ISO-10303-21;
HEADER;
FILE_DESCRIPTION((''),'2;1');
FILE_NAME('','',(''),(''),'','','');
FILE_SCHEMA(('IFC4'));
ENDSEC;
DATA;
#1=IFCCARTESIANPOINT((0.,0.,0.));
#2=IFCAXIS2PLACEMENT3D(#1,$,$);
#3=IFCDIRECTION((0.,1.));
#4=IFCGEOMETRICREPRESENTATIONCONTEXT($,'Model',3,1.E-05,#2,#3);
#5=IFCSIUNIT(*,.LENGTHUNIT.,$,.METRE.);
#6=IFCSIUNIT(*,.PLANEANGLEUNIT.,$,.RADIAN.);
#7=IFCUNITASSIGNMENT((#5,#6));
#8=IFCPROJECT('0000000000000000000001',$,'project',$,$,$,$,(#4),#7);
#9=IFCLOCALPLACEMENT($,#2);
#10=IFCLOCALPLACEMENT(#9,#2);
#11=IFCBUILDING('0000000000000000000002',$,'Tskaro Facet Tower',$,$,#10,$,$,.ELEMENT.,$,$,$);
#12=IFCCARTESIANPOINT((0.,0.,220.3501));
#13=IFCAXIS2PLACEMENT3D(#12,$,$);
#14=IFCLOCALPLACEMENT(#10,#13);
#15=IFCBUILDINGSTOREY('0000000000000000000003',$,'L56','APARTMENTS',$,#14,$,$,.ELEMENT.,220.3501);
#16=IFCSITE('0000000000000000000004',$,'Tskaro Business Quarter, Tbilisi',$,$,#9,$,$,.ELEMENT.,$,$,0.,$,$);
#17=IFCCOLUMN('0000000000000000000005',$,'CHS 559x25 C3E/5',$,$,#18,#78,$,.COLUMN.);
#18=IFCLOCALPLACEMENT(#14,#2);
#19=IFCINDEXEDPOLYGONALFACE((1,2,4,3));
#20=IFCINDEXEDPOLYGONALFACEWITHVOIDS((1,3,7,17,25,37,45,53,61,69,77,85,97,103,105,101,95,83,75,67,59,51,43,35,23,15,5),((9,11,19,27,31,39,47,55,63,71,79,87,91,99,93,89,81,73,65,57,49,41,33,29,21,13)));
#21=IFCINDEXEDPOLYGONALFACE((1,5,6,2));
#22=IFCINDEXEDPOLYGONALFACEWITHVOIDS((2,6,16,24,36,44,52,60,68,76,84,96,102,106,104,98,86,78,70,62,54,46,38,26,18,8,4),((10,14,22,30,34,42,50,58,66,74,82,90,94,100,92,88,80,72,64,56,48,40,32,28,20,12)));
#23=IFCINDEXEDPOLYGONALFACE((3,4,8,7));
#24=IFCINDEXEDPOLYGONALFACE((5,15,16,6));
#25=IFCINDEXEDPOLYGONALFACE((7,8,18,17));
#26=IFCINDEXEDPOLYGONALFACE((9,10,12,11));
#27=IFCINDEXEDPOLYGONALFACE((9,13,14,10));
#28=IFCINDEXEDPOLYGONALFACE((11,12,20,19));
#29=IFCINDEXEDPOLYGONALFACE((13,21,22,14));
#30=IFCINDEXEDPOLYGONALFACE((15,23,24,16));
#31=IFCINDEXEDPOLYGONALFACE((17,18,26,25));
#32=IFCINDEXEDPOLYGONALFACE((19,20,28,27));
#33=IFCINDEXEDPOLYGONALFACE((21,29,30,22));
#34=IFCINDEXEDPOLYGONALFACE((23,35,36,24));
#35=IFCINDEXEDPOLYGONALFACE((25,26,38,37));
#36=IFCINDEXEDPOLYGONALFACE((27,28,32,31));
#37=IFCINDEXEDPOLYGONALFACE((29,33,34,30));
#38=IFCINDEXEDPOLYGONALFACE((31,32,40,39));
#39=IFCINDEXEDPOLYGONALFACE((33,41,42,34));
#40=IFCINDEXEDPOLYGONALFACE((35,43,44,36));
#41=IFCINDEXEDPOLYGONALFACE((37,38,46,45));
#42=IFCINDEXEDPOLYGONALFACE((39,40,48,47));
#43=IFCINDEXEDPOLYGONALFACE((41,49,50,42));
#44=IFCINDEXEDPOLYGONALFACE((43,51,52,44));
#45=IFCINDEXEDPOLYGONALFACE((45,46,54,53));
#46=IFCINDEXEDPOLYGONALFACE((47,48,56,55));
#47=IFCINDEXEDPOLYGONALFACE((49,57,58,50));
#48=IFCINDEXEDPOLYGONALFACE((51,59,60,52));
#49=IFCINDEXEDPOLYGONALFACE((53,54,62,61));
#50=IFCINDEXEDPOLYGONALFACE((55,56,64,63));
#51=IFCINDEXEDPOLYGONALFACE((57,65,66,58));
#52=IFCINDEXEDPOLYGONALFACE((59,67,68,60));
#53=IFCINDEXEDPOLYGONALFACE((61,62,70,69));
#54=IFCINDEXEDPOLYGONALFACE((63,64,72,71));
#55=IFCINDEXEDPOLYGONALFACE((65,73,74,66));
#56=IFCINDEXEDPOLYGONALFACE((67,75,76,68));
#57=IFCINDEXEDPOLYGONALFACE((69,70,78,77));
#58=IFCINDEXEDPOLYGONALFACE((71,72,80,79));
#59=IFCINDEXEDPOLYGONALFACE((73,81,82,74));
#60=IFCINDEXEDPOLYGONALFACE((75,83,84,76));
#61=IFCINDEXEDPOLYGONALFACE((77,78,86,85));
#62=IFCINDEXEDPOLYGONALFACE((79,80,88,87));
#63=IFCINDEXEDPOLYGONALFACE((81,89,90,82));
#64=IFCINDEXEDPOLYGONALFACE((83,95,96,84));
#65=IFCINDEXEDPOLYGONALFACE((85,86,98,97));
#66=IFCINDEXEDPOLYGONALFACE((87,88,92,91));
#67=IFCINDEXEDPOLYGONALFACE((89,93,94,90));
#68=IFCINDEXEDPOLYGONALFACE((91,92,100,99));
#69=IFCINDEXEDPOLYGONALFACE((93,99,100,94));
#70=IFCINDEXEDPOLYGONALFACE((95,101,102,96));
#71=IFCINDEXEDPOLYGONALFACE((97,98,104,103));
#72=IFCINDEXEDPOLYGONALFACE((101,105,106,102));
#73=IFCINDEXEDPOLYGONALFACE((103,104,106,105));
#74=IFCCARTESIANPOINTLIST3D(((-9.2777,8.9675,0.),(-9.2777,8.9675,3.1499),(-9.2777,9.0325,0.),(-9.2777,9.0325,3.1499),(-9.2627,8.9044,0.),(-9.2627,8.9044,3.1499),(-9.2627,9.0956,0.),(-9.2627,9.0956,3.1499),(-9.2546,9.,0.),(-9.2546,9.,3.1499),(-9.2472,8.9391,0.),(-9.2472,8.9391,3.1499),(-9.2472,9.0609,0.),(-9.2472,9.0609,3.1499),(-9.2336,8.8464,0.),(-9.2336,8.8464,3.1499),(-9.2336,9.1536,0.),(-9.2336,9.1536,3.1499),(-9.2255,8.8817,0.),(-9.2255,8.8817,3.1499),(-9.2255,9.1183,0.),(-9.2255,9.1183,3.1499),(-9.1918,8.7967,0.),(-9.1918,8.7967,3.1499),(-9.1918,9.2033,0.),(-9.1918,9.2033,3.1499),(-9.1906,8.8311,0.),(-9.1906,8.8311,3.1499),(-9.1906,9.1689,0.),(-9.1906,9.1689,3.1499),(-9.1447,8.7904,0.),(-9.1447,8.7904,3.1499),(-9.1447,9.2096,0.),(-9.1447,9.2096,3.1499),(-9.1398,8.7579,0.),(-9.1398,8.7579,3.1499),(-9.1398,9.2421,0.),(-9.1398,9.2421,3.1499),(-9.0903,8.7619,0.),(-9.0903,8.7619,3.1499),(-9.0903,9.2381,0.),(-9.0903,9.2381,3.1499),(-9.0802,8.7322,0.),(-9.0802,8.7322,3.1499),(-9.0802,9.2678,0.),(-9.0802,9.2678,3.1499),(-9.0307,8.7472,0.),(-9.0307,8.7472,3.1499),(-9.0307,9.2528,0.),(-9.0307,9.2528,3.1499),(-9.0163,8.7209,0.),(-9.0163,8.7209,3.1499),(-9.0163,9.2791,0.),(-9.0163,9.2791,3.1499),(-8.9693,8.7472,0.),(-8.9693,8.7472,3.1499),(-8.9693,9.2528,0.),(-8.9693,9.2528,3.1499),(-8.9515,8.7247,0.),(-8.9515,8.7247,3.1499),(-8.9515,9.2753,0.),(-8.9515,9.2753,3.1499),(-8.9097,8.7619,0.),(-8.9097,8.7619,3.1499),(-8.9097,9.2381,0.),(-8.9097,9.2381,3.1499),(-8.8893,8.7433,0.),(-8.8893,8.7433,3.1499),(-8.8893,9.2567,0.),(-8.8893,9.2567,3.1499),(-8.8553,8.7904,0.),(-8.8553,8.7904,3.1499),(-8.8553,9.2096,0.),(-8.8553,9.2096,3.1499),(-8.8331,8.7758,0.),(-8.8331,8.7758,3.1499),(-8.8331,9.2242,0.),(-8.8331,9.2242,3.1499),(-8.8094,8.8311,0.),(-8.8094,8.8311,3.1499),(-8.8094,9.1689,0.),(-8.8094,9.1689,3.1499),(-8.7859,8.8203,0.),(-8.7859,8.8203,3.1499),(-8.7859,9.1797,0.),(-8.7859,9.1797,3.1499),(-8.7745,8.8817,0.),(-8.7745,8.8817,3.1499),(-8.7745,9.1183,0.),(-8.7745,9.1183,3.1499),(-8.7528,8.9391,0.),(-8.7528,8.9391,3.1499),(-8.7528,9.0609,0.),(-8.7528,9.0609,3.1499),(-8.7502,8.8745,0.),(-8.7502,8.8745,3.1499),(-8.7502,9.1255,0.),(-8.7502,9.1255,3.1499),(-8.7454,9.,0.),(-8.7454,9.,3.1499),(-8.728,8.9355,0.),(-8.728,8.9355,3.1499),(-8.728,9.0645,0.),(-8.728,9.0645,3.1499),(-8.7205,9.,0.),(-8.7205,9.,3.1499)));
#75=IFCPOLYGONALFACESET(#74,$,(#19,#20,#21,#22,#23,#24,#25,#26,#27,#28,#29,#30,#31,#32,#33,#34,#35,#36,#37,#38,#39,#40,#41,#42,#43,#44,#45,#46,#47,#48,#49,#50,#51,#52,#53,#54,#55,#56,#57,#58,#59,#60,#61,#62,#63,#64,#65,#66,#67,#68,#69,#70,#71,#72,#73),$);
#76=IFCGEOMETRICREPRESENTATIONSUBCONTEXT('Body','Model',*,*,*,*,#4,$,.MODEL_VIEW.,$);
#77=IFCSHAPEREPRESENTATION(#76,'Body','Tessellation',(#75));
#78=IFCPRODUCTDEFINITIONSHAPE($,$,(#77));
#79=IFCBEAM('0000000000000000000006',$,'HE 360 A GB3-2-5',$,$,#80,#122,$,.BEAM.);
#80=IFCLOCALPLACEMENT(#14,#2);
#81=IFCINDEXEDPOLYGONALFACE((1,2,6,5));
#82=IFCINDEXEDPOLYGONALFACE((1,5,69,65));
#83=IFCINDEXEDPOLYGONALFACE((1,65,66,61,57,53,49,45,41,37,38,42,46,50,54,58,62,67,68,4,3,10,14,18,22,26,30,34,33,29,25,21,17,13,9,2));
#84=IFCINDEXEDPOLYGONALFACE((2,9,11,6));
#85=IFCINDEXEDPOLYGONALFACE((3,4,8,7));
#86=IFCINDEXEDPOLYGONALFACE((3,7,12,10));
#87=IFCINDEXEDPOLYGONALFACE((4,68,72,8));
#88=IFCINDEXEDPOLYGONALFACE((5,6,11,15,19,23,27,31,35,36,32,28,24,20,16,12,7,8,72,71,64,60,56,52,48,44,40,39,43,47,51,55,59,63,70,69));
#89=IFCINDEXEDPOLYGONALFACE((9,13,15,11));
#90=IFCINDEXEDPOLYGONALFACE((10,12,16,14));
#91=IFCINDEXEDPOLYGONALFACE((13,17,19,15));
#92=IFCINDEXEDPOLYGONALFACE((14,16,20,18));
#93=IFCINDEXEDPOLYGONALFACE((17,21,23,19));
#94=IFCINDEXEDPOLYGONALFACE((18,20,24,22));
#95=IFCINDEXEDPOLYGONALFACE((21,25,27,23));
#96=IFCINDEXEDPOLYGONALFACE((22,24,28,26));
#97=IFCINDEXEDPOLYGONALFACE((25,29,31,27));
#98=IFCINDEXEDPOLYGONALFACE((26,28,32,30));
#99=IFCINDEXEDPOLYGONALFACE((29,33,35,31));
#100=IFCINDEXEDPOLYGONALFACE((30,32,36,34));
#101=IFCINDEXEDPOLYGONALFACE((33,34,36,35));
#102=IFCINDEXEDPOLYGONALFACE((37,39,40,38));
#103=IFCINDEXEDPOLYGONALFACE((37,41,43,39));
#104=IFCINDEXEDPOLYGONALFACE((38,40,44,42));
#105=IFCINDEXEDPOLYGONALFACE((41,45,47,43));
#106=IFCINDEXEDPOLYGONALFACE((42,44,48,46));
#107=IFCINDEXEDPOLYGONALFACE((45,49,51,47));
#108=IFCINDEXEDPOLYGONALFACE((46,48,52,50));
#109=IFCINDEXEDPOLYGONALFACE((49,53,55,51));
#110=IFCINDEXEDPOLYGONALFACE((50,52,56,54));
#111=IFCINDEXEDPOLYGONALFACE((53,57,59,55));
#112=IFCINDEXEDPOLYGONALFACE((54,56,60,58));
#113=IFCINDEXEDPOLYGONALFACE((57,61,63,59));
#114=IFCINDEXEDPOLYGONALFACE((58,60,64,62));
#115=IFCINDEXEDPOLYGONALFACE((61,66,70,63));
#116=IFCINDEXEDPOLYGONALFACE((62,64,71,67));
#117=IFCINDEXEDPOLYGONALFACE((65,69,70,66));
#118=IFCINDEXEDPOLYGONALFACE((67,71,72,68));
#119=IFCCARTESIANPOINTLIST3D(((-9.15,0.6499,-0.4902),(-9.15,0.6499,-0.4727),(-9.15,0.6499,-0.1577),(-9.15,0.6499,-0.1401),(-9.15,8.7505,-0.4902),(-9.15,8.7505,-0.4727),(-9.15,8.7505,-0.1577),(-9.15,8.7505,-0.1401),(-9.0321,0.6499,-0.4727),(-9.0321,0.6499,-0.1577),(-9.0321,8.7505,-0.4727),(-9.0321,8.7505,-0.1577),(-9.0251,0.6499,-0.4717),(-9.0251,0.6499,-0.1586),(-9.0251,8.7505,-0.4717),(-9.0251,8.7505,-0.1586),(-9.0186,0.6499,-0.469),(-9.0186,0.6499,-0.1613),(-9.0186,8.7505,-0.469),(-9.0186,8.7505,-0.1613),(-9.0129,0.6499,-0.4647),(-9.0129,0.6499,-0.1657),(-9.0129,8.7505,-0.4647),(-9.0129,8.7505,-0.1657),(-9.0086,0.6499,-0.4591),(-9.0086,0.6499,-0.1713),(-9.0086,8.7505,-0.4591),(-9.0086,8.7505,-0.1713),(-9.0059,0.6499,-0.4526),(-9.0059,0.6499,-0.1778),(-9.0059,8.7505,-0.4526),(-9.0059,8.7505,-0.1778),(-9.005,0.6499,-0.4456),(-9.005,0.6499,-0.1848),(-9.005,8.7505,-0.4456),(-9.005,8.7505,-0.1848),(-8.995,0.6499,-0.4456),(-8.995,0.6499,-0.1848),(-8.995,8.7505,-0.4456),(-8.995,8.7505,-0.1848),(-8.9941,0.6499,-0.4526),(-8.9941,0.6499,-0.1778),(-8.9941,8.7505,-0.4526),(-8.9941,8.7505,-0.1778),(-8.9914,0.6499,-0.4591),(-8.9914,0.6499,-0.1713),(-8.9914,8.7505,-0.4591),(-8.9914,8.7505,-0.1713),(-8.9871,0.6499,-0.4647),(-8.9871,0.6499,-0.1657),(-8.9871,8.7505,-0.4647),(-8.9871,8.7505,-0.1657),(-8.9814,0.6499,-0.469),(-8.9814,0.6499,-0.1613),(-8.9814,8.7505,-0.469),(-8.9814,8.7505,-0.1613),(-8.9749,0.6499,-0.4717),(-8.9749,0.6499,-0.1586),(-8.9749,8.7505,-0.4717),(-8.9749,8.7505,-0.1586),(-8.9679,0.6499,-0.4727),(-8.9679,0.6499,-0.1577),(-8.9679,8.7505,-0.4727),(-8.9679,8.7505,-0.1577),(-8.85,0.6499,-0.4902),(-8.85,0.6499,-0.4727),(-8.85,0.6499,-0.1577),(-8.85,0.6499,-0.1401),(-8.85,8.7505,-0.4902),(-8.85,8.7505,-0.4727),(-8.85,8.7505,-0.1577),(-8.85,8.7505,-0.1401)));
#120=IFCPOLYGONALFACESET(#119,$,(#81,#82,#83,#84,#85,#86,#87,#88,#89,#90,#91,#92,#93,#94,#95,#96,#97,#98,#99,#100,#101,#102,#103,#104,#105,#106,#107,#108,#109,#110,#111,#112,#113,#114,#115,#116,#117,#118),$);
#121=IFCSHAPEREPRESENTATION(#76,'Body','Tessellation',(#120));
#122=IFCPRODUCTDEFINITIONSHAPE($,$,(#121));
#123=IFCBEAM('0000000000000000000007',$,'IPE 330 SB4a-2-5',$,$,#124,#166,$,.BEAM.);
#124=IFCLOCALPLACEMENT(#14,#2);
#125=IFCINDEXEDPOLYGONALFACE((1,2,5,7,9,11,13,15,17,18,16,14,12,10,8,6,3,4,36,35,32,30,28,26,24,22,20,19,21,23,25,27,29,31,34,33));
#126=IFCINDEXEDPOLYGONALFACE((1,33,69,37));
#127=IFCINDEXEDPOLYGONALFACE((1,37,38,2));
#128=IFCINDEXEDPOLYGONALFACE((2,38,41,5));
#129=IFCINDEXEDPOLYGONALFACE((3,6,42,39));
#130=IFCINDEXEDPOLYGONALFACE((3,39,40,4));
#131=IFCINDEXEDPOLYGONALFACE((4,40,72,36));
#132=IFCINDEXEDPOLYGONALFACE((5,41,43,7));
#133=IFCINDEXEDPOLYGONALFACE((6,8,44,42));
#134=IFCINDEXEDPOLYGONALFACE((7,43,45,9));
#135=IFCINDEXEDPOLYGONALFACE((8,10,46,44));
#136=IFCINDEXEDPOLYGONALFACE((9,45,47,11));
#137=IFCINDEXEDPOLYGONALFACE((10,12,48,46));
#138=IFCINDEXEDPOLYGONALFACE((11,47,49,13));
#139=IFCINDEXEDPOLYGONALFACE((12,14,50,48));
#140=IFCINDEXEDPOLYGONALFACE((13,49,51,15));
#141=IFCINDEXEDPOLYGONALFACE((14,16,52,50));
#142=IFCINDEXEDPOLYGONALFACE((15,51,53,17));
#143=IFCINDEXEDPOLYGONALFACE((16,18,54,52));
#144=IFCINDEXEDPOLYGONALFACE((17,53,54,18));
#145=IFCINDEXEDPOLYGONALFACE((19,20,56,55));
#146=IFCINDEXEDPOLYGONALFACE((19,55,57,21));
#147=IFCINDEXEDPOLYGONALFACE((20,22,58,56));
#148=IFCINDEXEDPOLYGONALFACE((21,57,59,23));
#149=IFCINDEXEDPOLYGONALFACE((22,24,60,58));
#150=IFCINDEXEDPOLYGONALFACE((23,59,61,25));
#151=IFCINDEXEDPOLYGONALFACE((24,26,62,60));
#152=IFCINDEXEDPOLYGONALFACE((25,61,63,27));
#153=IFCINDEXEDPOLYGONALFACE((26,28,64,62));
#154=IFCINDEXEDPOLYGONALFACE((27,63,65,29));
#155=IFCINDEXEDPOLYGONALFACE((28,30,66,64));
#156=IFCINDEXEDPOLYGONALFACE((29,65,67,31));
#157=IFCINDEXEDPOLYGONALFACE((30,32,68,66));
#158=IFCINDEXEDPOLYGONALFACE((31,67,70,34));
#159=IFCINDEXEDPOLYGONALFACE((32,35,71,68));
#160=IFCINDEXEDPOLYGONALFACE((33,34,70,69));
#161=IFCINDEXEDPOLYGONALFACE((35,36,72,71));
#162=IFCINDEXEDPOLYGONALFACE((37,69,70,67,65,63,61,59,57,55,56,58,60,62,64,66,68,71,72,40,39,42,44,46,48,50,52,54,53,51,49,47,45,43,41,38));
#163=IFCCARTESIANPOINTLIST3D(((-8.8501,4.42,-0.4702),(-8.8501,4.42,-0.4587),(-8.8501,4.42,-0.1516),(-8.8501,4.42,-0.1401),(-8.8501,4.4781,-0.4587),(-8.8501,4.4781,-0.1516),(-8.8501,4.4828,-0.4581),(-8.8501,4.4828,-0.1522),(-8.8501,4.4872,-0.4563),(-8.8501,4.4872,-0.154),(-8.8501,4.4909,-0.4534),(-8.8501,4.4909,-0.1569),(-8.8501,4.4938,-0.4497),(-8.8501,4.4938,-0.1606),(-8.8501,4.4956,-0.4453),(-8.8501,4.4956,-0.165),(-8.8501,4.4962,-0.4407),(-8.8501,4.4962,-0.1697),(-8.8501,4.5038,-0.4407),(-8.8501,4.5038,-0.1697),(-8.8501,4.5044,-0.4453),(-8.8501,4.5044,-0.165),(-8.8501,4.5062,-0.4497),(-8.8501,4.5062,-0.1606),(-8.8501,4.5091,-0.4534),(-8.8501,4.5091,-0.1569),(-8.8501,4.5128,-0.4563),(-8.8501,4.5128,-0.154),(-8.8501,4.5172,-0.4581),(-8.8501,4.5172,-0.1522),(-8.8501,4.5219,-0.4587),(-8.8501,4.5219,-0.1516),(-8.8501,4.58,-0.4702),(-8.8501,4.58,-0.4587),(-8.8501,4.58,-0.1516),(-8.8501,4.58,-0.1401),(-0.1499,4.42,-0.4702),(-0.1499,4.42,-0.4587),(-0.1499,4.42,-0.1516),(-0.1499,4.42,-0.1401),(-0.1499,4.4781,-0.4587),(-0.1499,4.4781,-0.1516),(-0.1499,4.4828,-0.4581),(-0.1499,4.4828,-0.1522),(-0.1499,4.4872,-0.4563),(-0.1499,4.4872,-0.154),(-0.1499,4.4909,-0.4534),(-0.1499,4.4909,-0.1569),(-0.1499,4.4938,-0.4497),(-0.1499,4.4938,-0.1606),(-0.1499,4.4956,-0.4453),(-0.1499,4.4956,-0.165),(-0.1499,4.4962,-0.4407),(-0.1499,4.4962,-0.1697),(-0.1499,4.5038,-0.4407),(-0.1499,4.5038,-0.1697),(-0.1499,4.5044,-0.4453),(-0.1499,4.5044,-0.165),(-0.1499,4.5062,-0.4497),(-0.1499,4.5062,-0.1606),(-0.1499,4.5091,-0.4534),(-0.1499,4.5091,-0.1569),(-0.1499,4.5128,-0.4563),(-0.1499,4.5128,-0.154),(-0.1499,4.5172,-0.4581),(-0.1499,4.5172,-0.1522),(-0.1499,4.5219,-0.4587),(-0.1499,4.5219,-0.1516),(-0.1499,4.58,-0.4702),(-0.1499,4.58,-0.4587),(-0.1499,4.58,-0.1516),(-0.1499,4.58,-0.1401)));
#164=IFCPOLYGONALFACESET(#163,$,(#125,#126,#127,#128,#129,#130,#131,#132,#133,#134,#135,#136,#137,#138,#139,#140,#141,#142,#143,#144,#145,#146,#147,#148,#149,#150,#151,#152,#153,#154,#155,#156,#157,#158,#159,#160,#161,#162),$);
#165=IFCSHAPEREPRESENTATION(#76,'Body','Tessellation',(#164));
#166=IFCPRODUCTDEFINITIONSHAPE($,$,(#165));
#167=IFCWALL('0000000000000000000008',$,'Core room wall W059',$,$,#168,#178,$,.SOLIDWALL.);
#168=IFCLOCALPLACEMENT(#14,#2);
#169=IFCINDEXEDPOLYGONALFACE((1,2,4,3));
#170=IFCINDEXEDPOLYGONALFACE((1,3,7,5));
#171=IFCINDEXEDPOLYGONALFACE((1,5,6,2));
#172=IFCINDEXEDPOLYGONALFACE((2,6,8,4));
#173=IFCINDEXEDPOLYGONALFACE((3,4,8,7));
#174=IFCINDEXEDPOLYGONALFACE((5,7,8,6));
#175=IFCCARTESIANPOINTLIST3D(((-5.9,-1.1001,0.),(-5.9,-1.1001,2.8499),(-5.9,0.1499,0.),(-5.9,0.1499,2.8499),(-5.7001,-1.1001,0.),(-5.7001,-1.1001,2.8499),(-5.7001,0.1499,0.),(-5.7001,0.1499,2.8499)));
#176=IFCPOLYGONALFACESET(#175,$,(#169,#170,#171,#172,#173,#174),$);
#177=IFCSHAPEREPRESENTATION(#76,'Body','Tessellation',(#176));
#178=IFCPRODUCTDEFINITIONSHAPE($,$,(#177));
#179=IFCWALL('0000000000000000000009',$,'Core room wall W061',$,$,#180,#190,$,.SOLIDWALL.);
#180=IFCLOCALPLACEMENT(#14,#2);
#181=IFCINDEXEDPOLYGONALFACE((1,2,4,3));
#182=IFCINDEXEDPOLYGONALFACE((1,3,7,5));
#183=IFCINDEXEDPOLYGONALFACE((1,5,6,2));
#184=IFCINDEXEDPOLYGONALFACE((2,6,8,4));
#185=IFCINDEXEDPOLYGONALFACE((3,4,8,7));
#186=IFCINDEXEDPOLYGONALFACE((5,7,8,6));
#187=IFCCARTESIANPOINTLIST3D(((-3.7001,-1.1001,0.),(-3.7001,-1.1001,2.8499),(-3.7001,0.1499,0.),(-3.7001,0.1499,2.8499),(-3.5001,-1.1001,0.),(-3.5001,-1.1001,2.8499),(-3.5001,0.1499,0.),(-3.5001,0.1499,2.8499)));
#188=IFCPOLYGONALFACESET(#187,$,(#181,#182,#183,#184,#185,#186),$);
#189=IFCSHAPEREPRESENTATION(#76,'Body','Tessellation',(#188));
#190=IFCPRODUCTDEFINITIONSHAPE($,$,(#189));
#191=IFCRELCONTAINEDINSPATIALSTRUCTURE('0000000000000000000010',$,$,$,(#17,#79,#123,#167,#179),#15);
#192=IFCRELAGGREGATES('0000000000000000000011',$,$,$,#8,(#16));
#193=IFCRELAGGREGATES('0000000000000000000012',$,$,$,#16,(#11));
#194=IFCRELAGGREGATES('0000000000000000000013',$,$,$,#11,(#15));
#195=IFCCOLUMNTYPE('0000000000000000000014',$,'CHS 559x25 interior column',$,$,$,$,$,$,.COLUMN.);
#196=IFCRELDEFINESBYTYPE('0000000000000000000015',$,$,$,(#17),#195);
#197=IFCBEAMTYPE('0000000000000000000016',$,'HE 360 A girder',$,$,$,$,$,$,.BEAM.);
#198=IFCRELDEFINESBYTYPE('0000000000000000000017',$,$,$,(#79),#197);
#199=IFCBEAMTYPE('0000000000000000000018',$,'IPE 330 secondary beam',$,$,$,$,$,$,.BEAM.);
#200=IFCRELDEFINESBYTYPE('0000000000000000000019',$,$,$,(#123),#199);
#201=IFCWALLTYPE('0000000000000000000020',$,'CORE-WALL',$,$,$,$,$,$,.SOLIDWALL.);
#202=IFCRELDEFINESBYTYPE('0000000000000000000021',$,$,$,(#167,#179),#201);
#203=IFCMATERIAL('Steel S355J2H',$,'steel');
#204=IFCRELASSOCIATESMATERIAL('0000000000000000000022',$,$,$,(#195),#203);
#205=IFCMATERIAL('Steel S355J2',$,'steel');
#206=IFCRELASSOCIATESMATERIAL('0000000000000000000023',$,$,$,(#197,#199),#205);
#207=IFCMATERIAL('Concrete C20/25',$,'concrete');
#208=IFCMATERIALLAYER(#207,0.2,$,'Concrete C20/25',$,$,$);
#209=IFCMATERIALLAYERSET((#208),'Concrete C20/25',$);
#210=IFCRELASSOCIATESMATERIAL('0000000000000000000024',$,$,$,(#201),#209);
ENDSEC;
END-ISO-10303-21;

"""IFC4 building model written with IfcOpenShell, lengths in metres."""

from ifc_helpers import new_model, si_unit, direction, frame, frame_2d, origin, origin_2d, place, context, subcontext, project, spatial, rectangle, hollow_circle, i_section, extrude, material, layer, layer_set, material_profile, profile_set, type_object, element, save


model = new_model("IFC4")

# Units and contexts
model_context = context("Model", 3, precision=1e-05, world=origin(), true_north=direction((0.0, 1.0)))
body_context = subcontext(model_context, "Body", "Model", "MODEL_VIEW")
ifc_project = project(units=[si_unit("LENGTHUNIT", "METRE"), si_unit("PLANEANGLEUNIT", "RADIAN")], contexts=[model_context])

# Site, building, storey
site_placement = place(None, origin())
site = spatial("IfcSite", under=ifc_project, at=site_placement, Name="Tskaro Business Quarter, Tbilisi", CompositionType="ELEMENT", RefElevation=0.0)
building_placement = place(site_placement, origin())
building = spatial("IfcBuilding", under=site, at=building_placement, Name="Tskaro Facet Tower", CompositionType="ELEMENT")
storey_placement = place(building_placement, frame((0.0, 0.0, 220.3501)))
storey = spatial("IfcBuildingStorey", under=building, at=storey_placement, Name="L56", Description="APARTMENTS", CompositionType="ELEMENT", Elevation=220.3501)

# Column
ifc_material_1 = material(Name="Steel S355J2H", Category="steel")
ifc_material_profile_1 = material_profile(ifc_material_1, hollow_circle(Radius=0.2795, WallThickness=0.0249, at=origin_2d()), Name="CHS 559x25")
ifc_profile_set_1 = profile_set([ifc_material_profile_1], Name="Steel S355J2H")
column_type = type_object("IfcColumnType", Name="CHS 559x25 interior column", PredefinedType="COLUMN", material=ifc_profile_set_1)
column_placement = place(storey_placement, frame((-9.0, 9.0, 0.0), z_axis=(0.0, 0.0, 1.0), x_axis=(1.0, 0.0, 0.0)))
element("IfcColumn", 1, at=column_placement, inside=storey, type_object=column_type, Name="CHS 559x25 C3E/5", PredefinedType="COLUMN", context=body_context, shape_type="SweptSolid", body=[
    extrude(hollow_circle(Radius=0.2795, WallThickness=0.0249, at=origin_2d()), origin(), (0.0, 0.0, 1.0), 3.1499),
])

# Beams
ifc_material_2 = material(Name="Steel S355J2", Category="steel")
ifc_material_profile_2 = material_profile(ifc_material_2, i_section(OverallWidth=0.3, OverallDepth=0.3501, WebThickness=0.01, FlangeThickness=0.0176, FilletRadius=0.0271, at=origin_2d()), Name="HE 360 A")
ifc_profile_set_2 = profile_set([ifc_material_profile_2], Name="Steel S355J2")
beam_type_1 = type_object("IfcBeamType", Name="HE 360 A girder", PredefinedType="BEAM", material=ifc_profile_set_2)
beam_1_placement = place(storey_placement, frame((-9.0, 0.6499, -0.3152), z_axis=(0.0, 1.0, 0.0), x_axis=(-1.0, 0.0, 0.0)))
element("IfcBeam", 2, at=beam_1_placement, inside=storey, type_object=beam_type_1, Name="HE 360 A GB3-2-5", PredefinedType="BEAM", context=body_context, shape_type="SweptSolid", body=[
    extrude(i_section(OverallWidth=0.3, OverallDepth=0.3501, WebThickness=0.01, FlangeThickness=0.0176, FilletRadius=0.0271, at=origin_2d()), origin(), (0.0, 0.0, 1.0), 8.1006),
])
ifc_material_profile_3 = material_profile(ifc_material_2, i_section(OverallWidth=0.1599, OverallDepth=0.3301, WebThickness=0.0076, FlangeThickness=0.0115, FilletRadius=0.0181, at=origin_2d()), Name="IPE 330")
ifc_profile_set_3 = profile_set([ifc_material_profile_3], Name="Steel S355J2")
beam_type_2 = type_object("IfcBeamType", Name="IPE 330 secondary beam", PredefinedType="BEAM", material=ifc_profile_set_3)
beam_2_placement = place(storey_placement, frame((-8.8501, 4.5, -0.3052), z_axis=(1.0, 0.0, 0.0), x_axis=(0.0, 1.0, 0.0)))
element("IfcBeam", 3, at=beam_2_placement, inside=storey, type_object=beam_type_2, Name="IPE 330 SB4a-2-5", PredefinedType="BEAM", context=body_context, shape_type="SweptSolid", body=[
    extrude(i_section(OverallWidth=0.1599, OverallDepth=0.3301, WebThickness=0.0076, FlangeThickness=0.0115, FilletRadius=0.0181, at=origin_2d()), origin(), (0.0, 0.0, 1.0), 8.7002),
])

# Walls
ifc_material_3 = material(Name="Concrete C20/25", Category="concrete")
ifc_layer_1 = layer(ifc_material_3, 0.2, Name="Concrete C20/25")
ifc_layer_set_1 = layer_set([ifc_layer_1], Name="Concrete C20/25")
wall_type_1 = type_object("IfcWallType", Name="CORE-WALL", PredefinedType="SOLIDWALL", material=ifc_layer_set_1)
for number, where, z_axis, x_axis, name in (
    (4, (-5.8, -1.1001, 0.0), (0.0, 0.0, 1.0), (0.0, 1.0, 0.0), "Core room wall W059"),
    (5, (-3.6001, -1.1001, 0.0), (0.0, 0.0, 1.0), (0.0, 1.0, 0.0), "Core room wall W061"),
):
    element("IfcWall", number, at=place(storey_placement, frame(where, z_axis=z_axis, x_axis=x_axis)), inside=storey, type_object=wall_type_1, Name=name, PredefinedType="SOLIDWALL", context=body_context, shape_type="SweptSolid", body=[
        extrude(rectangle(XDim=1.25, YDim=0.2, at=frame_2d((0.625, 0.0))), origin(), (0.0, 0.0, 1.0), 2.8499),
    ])

save(model, "model.ifc")
